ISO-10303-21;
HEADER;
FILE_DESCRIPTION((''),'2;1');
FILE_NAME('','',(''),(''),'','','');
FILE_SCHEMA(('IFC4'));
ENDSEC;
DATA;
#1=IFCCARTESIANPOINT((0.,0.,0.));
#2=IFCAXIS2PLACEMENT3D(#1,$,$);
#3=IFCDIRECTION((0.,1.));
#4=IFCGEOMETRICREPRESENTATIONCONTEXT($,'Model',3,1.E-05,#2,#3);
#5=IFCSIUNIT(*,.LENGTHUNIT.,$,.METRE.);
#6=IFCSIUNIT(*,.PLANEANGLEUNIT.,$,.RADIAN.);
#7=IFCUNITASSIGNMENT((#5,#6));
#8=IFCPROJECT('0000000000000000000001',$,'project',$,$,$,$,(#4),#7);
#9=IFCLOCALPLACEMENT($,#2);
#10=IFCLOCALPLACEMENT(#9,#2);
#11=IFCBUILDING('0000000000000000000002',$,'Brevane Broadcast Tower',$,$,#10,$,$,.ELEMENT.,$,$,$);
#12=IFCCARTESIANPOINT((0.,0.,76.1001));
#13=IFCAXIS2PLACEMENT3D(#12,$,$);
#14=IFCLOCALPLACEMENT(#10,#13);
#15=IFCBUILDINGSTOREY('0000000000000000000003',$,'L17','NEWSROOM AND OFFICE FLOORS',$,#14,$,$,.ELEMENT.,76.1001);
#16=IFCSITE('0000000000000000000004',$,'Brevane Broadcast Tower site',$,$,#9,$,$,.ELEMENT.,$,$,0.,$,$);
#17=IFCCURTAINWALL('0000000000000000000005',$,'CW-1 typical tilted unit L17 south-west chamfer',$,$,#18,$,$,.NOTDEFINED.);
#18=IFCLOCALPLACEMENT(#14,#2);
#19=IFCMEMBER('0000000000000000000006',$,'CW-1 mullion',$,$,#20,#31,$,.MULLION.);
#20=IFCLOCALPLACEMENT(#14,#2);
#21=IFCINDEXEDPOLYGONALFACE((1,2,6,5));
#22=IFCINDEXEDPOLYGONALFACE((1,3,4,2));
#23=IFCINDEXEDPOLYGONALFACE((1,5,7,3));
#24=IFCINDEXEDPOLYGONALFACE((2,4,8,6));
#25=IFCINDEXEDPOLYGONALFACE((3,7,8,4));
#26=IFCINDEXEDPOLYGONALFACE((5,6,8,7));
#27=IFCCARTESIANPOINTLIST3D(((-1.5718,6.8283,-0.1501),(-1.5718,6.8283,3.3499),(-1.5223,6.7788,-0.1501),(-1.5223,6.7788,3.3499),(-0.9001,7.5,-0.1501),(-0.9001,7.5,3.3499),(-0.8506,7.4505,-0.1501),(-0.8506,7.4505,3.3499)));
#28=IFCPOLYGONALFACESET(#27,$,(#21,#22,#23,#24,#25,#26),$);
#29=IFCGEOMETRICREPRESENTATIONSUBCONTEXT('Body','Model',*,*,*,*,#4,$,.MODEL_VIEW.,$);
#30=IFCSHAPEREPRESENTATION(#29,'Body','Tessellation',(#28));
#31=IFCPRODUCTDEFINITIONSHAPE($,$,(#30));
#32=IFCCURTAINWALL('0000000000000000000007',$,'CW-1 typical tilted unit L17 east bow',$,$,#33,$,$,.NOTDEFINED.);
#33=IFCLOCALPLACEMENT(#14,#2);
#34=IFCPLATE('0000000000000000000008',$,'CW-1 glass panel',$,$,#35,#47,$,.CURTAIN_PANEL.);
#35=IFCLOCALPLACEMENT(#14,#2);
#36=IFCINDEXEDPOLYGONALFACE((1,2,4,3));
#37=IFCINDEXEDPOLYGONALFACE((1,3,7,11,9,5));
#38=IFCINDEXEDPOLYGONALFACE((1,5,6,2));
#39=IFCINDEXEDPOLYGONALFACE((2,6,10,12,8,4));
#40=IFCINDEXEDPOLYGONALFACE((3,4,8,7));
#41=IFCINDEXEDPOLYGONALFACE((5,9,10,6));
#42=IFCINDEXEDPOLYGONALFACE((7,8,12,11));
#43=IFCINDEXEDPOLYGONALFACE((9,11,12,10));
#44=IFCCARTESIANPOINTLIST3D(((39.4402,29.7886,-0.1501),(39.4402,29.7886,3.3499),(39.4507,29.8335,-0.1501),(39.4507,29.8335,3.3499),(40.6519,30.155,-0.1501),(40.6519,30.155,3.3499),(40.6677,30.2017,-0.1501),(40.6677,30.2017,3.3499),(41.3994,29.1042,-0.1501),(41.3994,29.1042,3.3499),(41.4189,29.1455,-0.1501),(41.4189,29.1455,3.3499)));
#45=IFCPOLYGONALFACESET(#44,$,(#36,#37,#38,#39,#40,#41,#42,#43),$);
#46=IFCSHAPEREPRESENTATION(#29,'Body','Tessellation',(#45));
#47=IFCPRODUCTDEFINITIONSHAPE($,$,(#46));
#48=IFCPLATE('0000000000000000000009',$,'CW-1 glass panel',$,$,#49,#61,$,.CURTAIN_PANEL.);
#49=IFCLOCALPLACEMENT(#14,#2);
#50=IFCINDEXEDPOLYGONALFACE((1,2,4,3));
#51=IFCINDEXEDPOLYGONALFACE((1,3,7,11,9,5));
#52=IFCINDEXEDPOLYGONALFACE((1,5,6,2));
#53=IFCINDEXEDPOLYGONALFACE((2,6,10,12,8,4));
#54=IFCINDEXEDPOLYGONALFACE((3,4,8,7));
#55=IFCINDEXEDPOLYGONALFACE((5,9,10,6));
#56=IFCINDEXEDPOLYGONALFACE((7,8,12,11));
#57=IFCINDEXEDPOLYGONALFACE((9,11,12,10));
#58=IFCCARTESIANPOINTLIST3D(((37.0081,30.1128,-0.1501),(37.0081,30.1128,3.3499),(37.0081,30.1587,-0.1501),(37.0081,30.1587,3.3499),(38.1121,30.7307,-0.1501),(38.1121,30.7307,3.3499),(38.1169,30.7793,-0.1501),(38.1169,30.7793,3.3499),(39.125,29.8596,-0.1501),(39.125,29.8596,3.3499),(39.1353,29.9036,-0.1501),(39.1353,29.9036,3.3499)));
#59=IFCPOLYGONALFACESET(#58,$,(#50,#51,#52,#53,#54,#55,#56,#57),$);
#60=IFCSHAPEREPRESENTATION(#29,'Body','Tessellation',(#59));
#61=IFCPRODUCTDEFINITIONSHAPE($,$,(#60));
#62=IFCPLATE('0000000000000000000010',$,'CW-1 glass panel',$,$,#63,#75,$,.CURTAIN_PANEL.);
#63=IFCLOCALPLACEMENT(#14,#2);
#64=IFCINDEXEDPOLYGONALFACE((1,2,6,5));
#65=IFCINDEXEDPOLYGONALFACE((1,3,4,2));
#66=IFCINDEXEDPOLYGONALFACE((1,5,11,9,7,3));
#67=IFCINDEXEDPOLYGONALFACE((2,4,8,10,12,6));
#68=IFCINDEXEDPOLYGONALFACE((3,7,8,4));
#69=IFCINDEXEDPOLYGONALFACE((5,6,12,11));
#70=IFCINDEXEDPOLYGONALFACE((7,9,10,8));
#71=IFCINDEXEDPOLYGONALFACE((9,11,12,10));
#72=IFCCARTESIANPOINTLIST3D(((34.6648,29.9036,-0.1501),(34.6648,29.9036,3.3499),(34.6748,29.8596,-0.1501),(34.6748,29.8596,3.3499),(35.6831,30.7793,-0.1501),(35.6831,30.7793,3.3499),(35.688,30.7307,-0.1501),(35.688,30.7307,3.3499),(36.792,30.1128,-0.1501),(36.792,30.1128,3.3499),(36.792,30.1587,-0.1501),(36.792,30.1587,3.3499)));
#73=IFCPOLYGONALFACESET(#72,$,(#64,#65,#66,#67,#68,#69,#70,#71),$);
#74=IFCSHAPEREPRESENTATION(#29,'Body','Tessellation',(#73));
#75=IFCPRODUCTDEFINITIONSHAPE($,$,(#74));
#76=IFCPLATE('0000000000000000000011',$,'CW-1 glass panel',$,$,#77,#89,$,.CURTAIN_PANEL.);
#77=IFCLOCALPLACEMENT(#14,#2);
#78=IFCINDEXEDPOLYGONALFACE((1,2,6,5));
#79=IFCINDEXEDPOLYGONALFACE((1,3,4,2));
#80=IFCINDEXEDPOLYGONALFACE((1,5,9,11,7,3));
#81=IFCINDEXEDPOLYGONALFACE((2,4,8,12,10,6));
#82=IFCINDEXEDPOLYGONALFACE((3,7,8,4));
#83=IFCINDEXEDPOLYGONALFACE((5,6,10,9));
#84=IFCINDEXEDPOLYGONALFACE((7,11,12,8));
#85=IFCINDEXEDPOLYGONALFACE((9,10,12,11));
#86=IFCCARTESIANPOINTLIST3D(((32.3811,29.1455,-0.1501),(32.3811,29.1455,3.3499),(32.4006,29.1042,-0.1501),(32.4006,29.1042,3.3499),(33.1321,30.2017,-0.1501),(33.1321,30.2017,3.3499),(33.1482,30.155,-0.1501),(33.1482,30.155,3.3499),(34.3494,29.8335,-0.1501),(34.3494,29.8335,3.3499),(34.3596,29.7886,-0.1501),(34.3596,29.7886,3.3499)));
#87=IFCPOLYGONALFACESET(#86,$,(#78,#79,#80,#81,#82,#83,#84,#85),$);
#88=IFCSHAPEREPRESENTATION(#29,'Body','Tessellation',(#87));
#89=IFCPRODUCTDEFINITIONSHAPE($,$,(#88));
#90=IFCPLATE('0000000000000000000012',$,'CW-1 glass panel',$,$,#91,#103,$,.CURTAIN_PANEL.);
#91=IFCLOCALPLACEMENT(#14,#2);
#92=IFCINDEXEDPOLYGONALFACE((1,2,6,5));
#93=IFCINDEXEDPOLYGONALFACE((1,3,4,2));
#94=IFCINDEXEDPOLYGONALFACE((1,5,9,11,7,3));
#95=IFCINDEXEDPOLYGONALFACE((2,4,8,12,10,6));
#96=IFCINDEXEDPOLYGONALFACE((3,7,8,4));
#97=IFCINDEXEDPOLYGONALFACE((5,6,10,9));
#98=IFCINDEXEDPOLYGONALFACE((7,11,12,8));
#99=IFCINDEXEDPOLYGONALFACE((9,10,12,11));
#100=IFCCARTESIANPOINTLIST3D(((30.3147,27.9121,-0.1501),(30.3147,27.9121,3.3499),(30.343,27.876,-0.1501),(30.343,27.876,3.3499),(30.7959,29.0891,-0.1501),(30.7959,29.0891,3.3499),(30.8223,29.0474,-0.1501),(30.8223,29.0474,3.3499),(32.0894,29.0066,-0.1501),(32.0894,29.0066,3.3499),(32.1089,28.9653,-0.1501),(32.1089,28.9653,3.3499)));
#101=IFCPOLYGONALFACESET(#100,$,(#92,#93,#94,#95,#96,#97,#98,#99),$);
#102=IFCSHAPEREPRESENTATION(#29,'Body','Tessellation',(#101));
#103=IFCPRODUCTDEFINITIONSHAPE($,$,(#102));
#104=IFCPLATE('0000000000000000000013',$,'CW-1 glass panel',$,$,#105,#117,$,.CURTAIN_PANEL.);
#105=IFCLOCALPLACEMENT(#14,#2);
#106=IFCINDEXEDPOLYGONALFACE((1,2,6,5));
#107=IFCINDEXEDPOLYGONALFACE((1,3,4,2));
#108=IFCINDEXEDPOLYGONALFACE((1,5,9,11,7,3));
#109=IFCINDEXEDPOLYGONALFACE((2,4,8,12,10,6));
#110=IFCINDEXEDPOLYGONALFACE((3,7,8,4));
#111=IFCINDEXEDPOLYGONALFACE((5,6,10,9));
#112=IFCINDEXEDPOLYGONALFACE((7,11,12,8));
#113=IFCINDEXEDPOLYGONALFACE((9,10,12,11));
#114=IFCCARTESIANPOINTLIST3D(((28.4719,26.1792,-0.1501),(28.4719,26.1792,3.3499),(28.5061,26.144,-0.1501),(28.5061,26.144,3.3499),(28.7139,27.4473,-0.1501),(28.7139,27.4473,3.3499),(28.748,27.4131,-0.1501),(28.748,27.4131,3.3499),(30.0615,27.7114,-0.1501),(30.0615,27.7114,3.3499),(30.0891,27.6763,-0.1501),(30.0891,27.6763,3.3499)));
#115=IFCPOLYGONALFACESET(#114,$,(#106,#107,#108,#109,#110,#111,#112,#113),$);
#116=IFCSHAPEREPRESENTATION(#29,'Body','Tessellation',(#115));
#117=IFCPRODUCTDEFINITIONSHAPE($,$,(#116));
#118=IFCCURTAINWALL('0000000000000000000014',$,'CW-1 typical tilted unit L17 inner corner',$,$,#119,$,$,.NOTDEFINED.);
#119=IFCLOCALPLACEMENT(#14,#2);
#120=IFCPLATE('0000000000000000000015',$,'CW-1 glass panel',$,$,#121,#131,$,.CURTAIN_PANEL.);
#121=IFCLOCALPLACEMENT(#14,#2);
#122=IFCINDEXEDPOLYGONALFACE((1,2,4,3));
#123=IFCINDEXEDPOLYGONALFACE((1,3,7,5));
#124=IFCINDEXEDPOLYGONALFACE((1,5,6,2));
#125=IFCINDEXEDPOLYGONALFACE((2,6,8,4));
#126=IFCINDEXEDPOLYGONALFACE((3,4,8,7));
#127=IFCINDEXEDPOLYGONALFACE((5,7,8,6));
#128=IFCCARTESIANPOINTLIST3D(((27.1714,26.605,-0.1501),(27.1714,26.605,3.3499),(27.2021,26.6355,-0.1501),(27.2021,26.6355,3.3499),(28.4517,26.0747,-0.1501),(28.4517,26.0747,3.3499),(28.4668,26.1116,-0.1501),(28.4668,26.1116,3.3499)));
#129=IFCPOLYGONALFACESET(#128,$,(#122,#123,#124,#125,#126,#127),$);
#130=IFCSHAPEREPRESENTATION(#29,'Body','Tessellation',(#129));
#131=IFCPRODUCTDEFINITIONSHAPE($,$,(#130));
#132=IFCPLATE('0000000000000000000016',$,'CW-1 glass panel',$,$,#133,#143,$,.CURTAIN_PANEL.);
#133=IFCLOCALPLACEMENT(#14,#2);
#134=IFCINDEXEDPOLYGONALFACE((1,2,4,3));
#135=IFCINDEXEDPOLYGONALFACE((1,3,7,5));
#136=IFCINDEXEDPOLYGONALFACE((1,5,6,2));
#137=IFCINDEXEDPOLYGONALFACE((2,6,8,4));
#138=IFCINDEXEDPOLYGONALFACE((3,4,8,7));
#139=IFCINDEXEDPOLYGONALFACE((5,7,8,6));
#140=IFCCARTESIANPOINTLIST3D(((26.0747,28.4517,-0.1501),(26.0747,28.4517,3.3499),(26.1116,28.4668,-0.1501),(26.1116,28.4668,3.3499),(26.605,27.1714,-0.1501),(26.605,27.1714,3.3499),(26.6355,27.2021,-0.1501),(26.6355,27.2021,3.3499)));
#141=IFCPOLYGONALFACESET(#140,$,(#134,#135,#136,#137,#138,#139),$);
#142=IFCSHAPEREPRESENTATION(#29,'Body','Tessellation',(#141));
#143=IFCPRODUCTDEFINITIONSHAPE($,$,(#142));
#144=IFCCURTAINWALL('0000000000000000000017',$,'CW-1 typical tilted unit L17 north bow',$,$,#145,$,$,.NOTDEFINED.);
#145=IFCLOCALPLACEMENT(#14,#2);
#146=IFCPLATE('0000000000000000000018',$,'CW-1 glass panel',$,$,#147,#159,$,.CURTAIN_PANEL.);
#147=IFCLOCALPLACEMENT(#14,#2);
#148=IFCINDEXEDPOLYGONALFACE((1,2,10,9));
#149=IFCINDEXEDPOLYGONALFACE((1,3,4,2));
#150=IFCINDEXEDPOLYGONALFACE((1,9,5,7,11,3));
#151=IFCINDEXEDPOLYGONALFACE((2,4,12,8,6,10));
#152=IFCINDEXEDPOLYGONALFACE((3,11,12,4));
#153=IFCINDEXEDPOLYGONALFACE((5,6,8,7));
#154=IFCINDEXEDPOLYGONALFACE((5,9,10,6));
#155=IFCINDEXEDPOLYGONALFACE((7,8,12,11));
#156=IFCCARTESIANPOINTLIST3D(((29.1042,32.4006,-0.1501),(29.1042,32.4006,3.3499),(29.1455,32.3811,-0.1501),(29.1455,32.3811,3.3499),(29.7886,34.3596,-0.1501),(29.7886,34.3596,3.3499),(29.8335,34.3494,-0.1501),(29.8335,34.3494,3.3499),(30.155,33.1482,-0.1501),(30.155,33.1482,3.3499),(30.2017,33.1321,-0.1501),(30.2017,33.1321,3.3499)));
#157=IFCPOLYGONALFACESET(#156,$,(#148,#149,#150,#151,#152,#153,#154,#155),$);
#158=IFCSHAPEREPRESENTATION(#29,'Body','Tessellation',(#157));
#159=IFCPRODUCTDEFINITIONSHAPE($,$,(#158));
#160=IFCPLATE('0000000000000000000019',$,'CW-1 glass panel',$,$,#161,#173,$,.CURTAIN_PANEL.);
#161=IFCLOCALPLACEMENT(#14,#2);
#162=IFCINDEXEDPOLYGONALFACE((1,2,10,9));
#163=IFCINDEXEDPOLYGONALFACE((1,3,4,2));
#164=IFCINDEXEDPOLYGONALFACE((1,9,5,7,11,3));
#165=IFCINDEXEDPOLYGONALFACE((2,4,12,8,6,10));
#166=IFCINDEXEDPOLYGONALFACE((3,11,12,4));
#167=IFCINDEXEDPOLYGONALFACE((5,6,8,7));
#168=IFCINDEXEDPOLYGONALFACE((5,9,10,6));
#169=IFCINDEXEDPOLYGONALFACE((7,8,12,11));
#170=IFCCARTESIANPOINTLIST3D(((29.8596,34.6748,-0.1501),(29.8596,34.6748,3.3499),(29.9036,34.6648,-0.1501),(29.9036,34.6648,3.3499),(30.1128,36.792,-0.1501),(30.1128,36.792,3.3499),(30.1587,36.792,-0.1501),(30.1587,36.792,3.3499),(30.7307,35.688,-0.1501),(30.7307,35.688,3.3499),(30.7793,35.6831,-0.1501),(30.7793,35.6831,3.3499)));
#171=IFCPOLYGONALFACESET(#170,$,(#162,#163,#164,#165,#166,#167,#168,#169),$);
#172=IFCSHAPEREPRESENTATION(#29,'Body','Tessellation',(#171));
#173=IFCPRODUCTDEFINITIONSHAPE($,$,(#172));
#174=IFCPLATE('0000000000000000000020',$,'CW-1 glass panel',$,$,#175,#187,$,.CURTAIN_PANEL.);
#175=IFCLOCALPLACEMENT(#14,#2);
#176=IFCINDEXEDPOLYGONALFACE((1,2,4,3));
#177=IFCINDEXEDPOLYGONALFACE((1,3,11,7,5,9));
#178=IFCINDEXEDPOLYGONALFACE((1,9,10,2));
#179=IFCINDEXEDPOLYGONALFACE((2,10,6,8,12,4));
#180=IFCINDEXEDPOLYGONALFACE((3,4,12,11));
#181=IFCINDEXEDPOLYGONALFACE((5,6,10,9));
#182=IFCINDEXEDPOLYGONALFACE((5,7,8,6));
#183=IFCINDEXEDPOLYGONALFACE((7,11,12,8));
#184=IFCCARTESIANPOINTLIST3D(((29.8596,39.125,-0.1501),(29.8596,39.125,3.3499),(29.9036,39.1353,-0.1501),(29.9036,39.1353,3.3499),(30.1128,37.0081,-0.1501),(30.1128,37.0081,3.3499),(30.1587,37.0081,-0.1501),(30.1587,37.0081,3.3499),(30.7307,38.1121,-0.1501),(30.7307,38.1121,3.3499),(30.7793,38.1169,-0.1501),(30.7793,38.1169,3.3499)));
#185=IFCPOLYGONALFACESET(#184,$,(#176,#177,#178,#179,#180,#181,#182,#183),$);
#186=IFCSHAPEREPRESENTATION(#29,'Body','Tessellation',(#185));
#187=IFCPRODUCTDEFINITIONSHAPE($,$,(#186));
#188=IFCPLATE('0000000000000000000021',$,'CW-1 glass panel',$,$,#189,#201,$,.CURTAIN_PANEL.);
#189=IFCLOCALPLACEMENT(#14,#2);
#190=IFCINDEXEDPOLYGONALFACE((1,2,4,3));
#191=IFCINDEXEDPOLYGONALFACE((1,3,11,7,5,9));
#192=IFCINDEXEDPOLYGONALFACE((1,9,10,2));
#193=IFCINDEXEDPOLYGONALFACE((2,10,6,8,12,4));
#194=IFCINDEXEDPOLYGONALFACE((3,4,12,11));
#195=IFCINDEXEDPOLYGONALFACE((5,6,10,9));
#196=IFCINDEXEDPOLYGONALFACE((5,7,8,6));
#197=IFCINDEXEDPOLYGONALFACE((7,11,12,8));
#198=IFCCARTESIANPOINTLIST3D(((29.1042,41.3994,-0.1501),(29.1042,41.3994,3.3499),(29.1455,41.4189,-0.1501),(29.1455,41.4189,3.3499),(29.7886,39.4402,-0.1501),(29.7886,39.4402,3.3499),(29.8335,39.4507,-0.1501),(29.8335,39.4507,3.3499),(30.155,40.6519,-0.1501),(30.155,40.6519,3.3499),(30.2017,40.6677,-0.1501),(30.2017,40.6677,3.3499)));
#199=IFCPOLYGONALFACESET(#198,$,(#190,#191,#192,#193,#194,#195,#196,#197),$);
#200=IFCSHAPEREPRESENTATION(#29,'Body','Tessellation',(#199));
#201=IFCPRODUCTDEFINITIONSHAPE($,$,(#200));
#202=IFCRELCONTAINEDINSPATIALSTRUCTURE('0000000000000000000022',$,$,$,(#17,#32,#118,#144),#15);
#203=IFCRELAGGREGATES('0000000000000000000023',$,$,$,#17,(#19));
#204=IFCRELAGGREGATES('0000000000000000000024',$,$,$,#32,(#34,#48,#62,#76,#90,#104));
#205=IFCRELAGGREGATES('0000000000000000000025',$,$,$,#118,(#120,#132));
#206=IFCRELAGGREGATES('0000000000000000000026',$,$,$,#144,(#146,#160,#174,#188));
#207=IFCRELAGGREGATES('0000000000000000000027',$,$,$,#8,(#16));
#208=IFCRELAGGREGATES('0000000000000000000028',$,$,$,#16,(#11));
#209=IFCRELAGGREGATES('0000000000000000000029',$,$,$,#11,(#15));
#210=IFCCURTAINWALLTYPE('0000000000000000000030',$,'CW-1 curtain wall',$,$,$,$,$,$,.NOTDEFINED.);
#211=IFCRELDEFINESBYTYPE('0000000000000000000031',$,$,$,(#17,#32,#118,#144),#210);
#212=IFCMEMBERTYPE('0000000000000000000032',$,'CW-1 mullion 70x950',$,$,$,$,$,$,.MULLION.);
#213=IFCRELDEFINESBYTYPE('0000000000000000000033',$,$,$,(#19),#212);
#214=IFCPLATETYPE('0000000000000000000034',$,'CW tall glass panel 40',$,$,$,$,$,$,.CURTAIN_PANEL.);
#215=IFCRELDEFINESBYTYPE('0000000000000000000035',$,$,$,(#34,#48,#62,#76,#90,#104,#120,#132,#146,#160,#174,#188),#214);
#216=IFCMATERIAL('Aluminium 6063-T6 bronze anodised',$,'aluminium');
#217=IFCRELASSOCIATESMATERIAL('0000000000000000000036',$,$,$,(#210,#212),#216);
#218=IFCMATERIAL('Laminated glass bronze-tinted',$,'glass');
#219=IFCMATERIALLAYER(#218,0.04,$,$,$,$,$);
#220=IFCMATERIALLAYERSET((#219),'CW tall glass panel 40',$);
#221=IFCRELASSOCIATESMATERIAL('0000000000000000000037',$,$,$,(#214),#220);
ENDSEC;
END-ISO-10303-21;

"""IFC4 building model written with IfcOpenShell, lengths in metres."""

from ifc_helpers import new_model, si_unit, direction, frame, origin, origin_2d, place, context, subcontext, project, spatial, polyline, rectangle, outline, extrude, material, layer, layer_set, material_profile, profile_set, type_object, element, aggregate, save


model = new_model("IFC4")

# Units and contexts
model_context = context("Model", 3, precision=1e-05, world=origin(), true_north=direction((0.0, 1.0)))
body_context = subcontext(model_context, "Body", "Model", "MODEL_VIEW")
ifc_project = project(units=[si_unit("LENGTHUNIT", "METRE"), si_unit("PLANEANGLEUNIT", "RADIAN")], contexts=[model_context])

# Site, building, storey
site_placement = place(None, origin())
site = spatial("IfcSite", under=ifc_project, at=site_placement, Name="Brevane Broadcast Tower site", CompositionType="ELEMENT", RefElevation=0.0)
building_placement = place(site_placement, origin())
building = spatial("IfcBuilding", under=site, at=building_placement, Name="Brevane Broadcast Tower", CompositionType="ELEMENT")
storey_placement = place(building_placement, frame((0.0, 0.0, 76.1001)))
storey = spatial("IfcBuildingStorey", under=building, at=storey_placement, Name="L17", Description="NEWSROOM AND OFFICE FLOORS", CompositionType="ELEMENT", Elevation=76.1001)

# Curtain wall, member
ifc_material_1 = material(Name="Aluminium 6063-T6 bronze anodised", Category="aluminium")
curtain_wall_type = type_object("IfcCurtainWallType", Name="CW-1 curtain wall", PredefinedType="NOTDEFINED", material=ifc_material_1)
curtain_wall_1_placement = place(storey_placement, origin())
curtain_wall_1 = element("IfcCurtainWall", 1, at=curtain_wall_1_placement, inside=storey, type_object=curtain_wall_type, Name="CW-1 typical tilted unit L17 south-west chamfer", PredefinedType="NOTDEFINED")
ifc_material_profile = material_profile(ifc_material_1, rectangle(XDim=0.95, YDim=0.0701, at=origin_2d()), Name="RECT 70x950")
ifc_profile_set = profile_set([ifc_material_profile], Name="Aluminium 6063-T6 bronze anodised")
member_type = type_object("IfcMemberType", Name="CW-1 mullion 70x950", PredefinedType="MULLION", material=ifc_profile_set)
member_placement = place(storey_placement, frame((-1.2112, 7.1394, -0.1501), z_axis=(0.0, 0.0, 1.0), x_axis=(0.707107, 0.707107, 0.0)))
member = element("IfcMember", 2, at=member_placement, type_object=member_type, Name="CW-1 mullion", PredefinedType="MULLION", context=body_context, shape_type="SweptSolid", body=[
    extrude(rectangle(XDim=0.95, YDim=0.0701, at=origin_2d()), origin(), (0.0, 0.0, 1.0), 3.5),
])
aggregate(curtain_wall_1, [member])

# Curtain walls, plates
curtain_wall_2_placement = place(storey_placement, origin())
curtain_wall_2 = element("IfcCurtainWall", 3, at=curtain_wall_2_placement, inside=storey, type_object=curtain_wall_type, Name="CW-1 typical tilted unit L17 east bow", PredefinedType="NOTDEFINED")
ifc_material_2 = material(Name="Laminated glass bronze-tinted", Category="glass")
ifc_layer_1 = layer(ifc_material_2, 0.04)
ifc_layer_set_1 = layer_set([ifc_layer_1], Name="CW tall glass panel 40")
plate_type = type_object("IfcPlateType", Name="CW tall glass panel 40", PredefinedType="CURTAIN_PANEL", material=ifc_layer_set_1)
plate_1_placement = place(storey_placement, frame((0.0, 0.0, -0.1501)))
plate_1 = element("IfcPlate", 4, at=plate_1_placement, type_object=plate_type, Name="CW-1 glass panel", PredefinedType="CURTAIN_PANEL", context=body_context, shape_type="SweptSolid", body=[
    extrude(outline(polyline([(41.3994, 29.1042), (41.4189, 29.1455), (40.6677, 30.2017), (39.4507, 29.8335), (39.4402, 29.7886), (40.6519, 30.155), (41.3994, 29.1042)])), origin(), (0.0, 0.0, 1.0), 3.5),
])
plate_2_placement = place(storey_placement, frame((0.0, 0.0, -0.1501)))
plate_2 = element("IfcPlate", 5, at=plate_2_placement, type_object=plate_type, Name="CW-1 glass panel", PredefinedType="CURTAIN_PANEL", context=body_context, shape_type="SweptSolid", body=[
    extrude(outline(polyline([(39.125, 29.8596), (39.1353, 29.9036), (38.1169, 30.7793), (37.0081, 30.1587), (37.0081, 30.1128), (38.1121, 30.7307), (39.125, 29.8596)])), origin(), (0.0, 0.0, 1.0), 3.5),
])
plate_3_placement = place(storey_placement, frame((0.0, 0.0, -0.1501)))
plate_3 = element("IfcPlate", 6, at=plate_3_placement, type_object=plate_type, Name="CW-1 glass panel", PredefinedType="CURTAIN_PANEL", context=body_context, shape_type="SweptSolid", body=[
    extrude(outline(polyline([(36.792, 30.1128), (36.792, 30.1587), (35.6831, 30.7793), (34.6648, 29.9036), (34.6748, 29.8596), (35.688, 30.7307), (36.792, 30.1128)])), origin(), (0.0, 0.0, 1.0), 3.5),
])
plate_4_placement = place(storey_placement, frame((0.0, 0.0, -0.1501)))
plate_4 = element("IfcPlate", 7, at=plate_4_placement, type_object=plate_type, Name="CW-1 glass panel", PredefinedType="CURTAIN_PANEL", context=body_context, shape_type="SweptSolid", body=[
    extrude(outline(polyline([(34.3596, 29.7886), (34.3494, 29.8335), (33.1321, 30.2017), (32.3811, 29.1455), (32.4006, 29.1042), (33.1482, 30.155), (34.3596, 29.7886)])), origin(), (0.0, 0.0, 1.0), 3.5),
])
plate_5_placement = place(storey_placement, frame((0.0, 0.0, -0.1501)))
plate_5 = element("IfcPlate", 8, at=plate_5_placement, type_object=plate_type, Name="CW-1 glass panel", PredefinedType="CURTAIN_PANEL", context=body_context, shape_type="SweptSolid", body=[
    extrude(outline(polyline([(32.1089, 28.9653), (32.0894, 29.0066), (30.7959, 29.0891), (30.3147, 27.9121), (30.343, 27.876), (30.8223, 29.0474), (32.1089, 28.9653)])), origin(), (0.0, 0.0, 1.0), 3.5),
])
plate_6_placement = place(storey_placement, frame((0.0, 0.0, -0.1501)))
plate_6 = element("IfcPlate", 9, at=plate_6_placement, type_object=plate_type, Name="CW-1 glass panel", PredefinedType="CURTAIN_PANEL", context=body_context, shape_type="SweptSolid", body=[
    extrude(outline(polyline([(30.0891, 27.6763), (30.0615, 27.7114), (28.7139, 27.4473), (28.4719, 26.1792), (28.5061, 26.144), (28.748, 27.4131), (30.0891, 27.6763)])), origin(), (0.0, 0.0, 1.0), 3.5),
])
aggregate(curtain_wall_2, [plate_1, plate_2, plate_3, plate_4, plate_5, plate_6])
curtain_wall_3_placement = place(storey_placement, origin())
curtain_wall_3 = element("IfcCurtainWall", 10, at=curtain_wall_3_placement, inside=storey, type_object=curtain_wall_type, Name="CW-1 typical tilted unit L17 inner corner", PredefinedType="NOTDEFINED")
plate_7_placement = place(storey_placement, frame((0.0, 0.0, -0.1501)))
plate_7 = element("IfcPlate", 11, at=plate_7_placement, type_object=plate_type, Name="CW-1 glass panel", PredefinedType="CURTAIN_PANEL", context=body_context, shape_type="SweptSolid", body=[
    extrude(outline(polyline([(28.4517, 26.0747), (28.4668, 26.1116), (27.2021, 26.6355), (27.1714, 26.605), (28.4517, 26.0747)])), origin(), (0.0, 0.0, 1.0), 3.5),
])
plate_8_placement = place(storey_placement, frame((0.0, 0.0, -0.1501)))
plate_8 = element("IfcPlate", 12, at=plate_8_placement, type_object=plate_type, Name="CW-1 glass panel", PredefinedType="CURTAIN_PANEL", context=body_context, shape_type="SweptSolid", body=[
    extrude(outline(polyline([(26.605, 27.1714), (26.6355, 27.2021), (26.1116, 28.4668), (26.0747, 28.4517), (26.605, 27.1714)])), origin(), (0.0, 0.0, 1.0), 3.5),
])
aggregate(curtain_wall_3, [plate_7, plate_8])
curtain_wall_4_placement = place(storey_placement, origin())
curtain_wall_4 = element("IfcCurtainWall", 13, at=curtain_wall_4_placement, inside=storey, type_object=curtain_wall_type, Name="CW-1 typical tilted unit L17 north bow", PredefinedType="NOTDEFINED")
plate_9_placement = place(storey_placement, frame((0.0, 0.0, -0.1501)))
plate_9 = element("IfcPlate", 14, at=plate_9_placement, type_object=plate_type, Name="CW-1 glass panel", PredefinedType="CURTAIN_PANEL", context=body_context, shape_type="SweptSolid", body=[
    extrude(outline(polyline([(29.1042, 32.4006), (29.1455, 32.3811), (30.2017, 33.1321), (29.8335, 34.3494), (29.7886, 34.3596), (30.155, 33.1482), (29.1042, 32.4006)])), origin(), (0.0, 0.0, 1.0), 3.5),
])
plate_10_placement = place(storey_placement, frame((0.0, 0.0, -0.1501)))
plate_10 = element("IfcPlate", 15, at=plate_10_placement, type_object=plate_type, Name="CW-1 glass panel", PredefinedType="CURTAIN_PANEL", context=body_context, shape_type="SweptSolid", body=[
    extrude(outline(polyline([(29.8596, 34.6748), (29.9036, 34.6648), (30.7793, 35.6831), (30.1587, 36.792), (30.1128, 36.792), (30.7307, 35.688), (29.8596, 34.6748)])), origin(), (0.0, 0.0, 1.0), 3.5),
])
plate_11_placement = place(storey_placement, frame((0.0, 0.0, -0.1501)))
plate_11 = element("IfcPlate", 16, at=plate_11_placement, type_object=plate_type, Name="CW-1 glass panel", PredefinedType="CURTAIN_PANEL", context=body_context, shape_type="SweptSolid", body=[
    extrude(outline(polyline([(30.1128, 37.0081), (30.1587, 37.0081), (30.7793, 38.1169), (29.9036, 39.1353), (29.8596, 39.125), (30.7307, 38.1121), (30.1128, 37.0081)])), origin(), (0.0, 0.0, 1.0), 3.5),
])
plate_12_placement = place(storey_placement, frame((0.0, 0.0, -0.1501)))
plate_12 = element("IfcPlate", 17, at=plate_12_placement, type_object=plate_type, Name="CW-1 glass panel", PredefinedType="CURTAIN_PANEL", context=body_context, shape_type="SweptSolid", body=[
    extrude(outline(polyline([(29.7886, 39.4402), (29.8335, 39.4507), (30.2017, 40.6677), (29.1455, 41.4189), (29.1042, 41.3994), (30.155, 40.6519), (29.7886, 39.4402)])), origin(), (0.0, 0.0, 1.0), 3.5),
])

aggregate(curtain_wall_4, [plate_9, plate_10, plate_11, plate_12])

save(model, "model.ifc")
